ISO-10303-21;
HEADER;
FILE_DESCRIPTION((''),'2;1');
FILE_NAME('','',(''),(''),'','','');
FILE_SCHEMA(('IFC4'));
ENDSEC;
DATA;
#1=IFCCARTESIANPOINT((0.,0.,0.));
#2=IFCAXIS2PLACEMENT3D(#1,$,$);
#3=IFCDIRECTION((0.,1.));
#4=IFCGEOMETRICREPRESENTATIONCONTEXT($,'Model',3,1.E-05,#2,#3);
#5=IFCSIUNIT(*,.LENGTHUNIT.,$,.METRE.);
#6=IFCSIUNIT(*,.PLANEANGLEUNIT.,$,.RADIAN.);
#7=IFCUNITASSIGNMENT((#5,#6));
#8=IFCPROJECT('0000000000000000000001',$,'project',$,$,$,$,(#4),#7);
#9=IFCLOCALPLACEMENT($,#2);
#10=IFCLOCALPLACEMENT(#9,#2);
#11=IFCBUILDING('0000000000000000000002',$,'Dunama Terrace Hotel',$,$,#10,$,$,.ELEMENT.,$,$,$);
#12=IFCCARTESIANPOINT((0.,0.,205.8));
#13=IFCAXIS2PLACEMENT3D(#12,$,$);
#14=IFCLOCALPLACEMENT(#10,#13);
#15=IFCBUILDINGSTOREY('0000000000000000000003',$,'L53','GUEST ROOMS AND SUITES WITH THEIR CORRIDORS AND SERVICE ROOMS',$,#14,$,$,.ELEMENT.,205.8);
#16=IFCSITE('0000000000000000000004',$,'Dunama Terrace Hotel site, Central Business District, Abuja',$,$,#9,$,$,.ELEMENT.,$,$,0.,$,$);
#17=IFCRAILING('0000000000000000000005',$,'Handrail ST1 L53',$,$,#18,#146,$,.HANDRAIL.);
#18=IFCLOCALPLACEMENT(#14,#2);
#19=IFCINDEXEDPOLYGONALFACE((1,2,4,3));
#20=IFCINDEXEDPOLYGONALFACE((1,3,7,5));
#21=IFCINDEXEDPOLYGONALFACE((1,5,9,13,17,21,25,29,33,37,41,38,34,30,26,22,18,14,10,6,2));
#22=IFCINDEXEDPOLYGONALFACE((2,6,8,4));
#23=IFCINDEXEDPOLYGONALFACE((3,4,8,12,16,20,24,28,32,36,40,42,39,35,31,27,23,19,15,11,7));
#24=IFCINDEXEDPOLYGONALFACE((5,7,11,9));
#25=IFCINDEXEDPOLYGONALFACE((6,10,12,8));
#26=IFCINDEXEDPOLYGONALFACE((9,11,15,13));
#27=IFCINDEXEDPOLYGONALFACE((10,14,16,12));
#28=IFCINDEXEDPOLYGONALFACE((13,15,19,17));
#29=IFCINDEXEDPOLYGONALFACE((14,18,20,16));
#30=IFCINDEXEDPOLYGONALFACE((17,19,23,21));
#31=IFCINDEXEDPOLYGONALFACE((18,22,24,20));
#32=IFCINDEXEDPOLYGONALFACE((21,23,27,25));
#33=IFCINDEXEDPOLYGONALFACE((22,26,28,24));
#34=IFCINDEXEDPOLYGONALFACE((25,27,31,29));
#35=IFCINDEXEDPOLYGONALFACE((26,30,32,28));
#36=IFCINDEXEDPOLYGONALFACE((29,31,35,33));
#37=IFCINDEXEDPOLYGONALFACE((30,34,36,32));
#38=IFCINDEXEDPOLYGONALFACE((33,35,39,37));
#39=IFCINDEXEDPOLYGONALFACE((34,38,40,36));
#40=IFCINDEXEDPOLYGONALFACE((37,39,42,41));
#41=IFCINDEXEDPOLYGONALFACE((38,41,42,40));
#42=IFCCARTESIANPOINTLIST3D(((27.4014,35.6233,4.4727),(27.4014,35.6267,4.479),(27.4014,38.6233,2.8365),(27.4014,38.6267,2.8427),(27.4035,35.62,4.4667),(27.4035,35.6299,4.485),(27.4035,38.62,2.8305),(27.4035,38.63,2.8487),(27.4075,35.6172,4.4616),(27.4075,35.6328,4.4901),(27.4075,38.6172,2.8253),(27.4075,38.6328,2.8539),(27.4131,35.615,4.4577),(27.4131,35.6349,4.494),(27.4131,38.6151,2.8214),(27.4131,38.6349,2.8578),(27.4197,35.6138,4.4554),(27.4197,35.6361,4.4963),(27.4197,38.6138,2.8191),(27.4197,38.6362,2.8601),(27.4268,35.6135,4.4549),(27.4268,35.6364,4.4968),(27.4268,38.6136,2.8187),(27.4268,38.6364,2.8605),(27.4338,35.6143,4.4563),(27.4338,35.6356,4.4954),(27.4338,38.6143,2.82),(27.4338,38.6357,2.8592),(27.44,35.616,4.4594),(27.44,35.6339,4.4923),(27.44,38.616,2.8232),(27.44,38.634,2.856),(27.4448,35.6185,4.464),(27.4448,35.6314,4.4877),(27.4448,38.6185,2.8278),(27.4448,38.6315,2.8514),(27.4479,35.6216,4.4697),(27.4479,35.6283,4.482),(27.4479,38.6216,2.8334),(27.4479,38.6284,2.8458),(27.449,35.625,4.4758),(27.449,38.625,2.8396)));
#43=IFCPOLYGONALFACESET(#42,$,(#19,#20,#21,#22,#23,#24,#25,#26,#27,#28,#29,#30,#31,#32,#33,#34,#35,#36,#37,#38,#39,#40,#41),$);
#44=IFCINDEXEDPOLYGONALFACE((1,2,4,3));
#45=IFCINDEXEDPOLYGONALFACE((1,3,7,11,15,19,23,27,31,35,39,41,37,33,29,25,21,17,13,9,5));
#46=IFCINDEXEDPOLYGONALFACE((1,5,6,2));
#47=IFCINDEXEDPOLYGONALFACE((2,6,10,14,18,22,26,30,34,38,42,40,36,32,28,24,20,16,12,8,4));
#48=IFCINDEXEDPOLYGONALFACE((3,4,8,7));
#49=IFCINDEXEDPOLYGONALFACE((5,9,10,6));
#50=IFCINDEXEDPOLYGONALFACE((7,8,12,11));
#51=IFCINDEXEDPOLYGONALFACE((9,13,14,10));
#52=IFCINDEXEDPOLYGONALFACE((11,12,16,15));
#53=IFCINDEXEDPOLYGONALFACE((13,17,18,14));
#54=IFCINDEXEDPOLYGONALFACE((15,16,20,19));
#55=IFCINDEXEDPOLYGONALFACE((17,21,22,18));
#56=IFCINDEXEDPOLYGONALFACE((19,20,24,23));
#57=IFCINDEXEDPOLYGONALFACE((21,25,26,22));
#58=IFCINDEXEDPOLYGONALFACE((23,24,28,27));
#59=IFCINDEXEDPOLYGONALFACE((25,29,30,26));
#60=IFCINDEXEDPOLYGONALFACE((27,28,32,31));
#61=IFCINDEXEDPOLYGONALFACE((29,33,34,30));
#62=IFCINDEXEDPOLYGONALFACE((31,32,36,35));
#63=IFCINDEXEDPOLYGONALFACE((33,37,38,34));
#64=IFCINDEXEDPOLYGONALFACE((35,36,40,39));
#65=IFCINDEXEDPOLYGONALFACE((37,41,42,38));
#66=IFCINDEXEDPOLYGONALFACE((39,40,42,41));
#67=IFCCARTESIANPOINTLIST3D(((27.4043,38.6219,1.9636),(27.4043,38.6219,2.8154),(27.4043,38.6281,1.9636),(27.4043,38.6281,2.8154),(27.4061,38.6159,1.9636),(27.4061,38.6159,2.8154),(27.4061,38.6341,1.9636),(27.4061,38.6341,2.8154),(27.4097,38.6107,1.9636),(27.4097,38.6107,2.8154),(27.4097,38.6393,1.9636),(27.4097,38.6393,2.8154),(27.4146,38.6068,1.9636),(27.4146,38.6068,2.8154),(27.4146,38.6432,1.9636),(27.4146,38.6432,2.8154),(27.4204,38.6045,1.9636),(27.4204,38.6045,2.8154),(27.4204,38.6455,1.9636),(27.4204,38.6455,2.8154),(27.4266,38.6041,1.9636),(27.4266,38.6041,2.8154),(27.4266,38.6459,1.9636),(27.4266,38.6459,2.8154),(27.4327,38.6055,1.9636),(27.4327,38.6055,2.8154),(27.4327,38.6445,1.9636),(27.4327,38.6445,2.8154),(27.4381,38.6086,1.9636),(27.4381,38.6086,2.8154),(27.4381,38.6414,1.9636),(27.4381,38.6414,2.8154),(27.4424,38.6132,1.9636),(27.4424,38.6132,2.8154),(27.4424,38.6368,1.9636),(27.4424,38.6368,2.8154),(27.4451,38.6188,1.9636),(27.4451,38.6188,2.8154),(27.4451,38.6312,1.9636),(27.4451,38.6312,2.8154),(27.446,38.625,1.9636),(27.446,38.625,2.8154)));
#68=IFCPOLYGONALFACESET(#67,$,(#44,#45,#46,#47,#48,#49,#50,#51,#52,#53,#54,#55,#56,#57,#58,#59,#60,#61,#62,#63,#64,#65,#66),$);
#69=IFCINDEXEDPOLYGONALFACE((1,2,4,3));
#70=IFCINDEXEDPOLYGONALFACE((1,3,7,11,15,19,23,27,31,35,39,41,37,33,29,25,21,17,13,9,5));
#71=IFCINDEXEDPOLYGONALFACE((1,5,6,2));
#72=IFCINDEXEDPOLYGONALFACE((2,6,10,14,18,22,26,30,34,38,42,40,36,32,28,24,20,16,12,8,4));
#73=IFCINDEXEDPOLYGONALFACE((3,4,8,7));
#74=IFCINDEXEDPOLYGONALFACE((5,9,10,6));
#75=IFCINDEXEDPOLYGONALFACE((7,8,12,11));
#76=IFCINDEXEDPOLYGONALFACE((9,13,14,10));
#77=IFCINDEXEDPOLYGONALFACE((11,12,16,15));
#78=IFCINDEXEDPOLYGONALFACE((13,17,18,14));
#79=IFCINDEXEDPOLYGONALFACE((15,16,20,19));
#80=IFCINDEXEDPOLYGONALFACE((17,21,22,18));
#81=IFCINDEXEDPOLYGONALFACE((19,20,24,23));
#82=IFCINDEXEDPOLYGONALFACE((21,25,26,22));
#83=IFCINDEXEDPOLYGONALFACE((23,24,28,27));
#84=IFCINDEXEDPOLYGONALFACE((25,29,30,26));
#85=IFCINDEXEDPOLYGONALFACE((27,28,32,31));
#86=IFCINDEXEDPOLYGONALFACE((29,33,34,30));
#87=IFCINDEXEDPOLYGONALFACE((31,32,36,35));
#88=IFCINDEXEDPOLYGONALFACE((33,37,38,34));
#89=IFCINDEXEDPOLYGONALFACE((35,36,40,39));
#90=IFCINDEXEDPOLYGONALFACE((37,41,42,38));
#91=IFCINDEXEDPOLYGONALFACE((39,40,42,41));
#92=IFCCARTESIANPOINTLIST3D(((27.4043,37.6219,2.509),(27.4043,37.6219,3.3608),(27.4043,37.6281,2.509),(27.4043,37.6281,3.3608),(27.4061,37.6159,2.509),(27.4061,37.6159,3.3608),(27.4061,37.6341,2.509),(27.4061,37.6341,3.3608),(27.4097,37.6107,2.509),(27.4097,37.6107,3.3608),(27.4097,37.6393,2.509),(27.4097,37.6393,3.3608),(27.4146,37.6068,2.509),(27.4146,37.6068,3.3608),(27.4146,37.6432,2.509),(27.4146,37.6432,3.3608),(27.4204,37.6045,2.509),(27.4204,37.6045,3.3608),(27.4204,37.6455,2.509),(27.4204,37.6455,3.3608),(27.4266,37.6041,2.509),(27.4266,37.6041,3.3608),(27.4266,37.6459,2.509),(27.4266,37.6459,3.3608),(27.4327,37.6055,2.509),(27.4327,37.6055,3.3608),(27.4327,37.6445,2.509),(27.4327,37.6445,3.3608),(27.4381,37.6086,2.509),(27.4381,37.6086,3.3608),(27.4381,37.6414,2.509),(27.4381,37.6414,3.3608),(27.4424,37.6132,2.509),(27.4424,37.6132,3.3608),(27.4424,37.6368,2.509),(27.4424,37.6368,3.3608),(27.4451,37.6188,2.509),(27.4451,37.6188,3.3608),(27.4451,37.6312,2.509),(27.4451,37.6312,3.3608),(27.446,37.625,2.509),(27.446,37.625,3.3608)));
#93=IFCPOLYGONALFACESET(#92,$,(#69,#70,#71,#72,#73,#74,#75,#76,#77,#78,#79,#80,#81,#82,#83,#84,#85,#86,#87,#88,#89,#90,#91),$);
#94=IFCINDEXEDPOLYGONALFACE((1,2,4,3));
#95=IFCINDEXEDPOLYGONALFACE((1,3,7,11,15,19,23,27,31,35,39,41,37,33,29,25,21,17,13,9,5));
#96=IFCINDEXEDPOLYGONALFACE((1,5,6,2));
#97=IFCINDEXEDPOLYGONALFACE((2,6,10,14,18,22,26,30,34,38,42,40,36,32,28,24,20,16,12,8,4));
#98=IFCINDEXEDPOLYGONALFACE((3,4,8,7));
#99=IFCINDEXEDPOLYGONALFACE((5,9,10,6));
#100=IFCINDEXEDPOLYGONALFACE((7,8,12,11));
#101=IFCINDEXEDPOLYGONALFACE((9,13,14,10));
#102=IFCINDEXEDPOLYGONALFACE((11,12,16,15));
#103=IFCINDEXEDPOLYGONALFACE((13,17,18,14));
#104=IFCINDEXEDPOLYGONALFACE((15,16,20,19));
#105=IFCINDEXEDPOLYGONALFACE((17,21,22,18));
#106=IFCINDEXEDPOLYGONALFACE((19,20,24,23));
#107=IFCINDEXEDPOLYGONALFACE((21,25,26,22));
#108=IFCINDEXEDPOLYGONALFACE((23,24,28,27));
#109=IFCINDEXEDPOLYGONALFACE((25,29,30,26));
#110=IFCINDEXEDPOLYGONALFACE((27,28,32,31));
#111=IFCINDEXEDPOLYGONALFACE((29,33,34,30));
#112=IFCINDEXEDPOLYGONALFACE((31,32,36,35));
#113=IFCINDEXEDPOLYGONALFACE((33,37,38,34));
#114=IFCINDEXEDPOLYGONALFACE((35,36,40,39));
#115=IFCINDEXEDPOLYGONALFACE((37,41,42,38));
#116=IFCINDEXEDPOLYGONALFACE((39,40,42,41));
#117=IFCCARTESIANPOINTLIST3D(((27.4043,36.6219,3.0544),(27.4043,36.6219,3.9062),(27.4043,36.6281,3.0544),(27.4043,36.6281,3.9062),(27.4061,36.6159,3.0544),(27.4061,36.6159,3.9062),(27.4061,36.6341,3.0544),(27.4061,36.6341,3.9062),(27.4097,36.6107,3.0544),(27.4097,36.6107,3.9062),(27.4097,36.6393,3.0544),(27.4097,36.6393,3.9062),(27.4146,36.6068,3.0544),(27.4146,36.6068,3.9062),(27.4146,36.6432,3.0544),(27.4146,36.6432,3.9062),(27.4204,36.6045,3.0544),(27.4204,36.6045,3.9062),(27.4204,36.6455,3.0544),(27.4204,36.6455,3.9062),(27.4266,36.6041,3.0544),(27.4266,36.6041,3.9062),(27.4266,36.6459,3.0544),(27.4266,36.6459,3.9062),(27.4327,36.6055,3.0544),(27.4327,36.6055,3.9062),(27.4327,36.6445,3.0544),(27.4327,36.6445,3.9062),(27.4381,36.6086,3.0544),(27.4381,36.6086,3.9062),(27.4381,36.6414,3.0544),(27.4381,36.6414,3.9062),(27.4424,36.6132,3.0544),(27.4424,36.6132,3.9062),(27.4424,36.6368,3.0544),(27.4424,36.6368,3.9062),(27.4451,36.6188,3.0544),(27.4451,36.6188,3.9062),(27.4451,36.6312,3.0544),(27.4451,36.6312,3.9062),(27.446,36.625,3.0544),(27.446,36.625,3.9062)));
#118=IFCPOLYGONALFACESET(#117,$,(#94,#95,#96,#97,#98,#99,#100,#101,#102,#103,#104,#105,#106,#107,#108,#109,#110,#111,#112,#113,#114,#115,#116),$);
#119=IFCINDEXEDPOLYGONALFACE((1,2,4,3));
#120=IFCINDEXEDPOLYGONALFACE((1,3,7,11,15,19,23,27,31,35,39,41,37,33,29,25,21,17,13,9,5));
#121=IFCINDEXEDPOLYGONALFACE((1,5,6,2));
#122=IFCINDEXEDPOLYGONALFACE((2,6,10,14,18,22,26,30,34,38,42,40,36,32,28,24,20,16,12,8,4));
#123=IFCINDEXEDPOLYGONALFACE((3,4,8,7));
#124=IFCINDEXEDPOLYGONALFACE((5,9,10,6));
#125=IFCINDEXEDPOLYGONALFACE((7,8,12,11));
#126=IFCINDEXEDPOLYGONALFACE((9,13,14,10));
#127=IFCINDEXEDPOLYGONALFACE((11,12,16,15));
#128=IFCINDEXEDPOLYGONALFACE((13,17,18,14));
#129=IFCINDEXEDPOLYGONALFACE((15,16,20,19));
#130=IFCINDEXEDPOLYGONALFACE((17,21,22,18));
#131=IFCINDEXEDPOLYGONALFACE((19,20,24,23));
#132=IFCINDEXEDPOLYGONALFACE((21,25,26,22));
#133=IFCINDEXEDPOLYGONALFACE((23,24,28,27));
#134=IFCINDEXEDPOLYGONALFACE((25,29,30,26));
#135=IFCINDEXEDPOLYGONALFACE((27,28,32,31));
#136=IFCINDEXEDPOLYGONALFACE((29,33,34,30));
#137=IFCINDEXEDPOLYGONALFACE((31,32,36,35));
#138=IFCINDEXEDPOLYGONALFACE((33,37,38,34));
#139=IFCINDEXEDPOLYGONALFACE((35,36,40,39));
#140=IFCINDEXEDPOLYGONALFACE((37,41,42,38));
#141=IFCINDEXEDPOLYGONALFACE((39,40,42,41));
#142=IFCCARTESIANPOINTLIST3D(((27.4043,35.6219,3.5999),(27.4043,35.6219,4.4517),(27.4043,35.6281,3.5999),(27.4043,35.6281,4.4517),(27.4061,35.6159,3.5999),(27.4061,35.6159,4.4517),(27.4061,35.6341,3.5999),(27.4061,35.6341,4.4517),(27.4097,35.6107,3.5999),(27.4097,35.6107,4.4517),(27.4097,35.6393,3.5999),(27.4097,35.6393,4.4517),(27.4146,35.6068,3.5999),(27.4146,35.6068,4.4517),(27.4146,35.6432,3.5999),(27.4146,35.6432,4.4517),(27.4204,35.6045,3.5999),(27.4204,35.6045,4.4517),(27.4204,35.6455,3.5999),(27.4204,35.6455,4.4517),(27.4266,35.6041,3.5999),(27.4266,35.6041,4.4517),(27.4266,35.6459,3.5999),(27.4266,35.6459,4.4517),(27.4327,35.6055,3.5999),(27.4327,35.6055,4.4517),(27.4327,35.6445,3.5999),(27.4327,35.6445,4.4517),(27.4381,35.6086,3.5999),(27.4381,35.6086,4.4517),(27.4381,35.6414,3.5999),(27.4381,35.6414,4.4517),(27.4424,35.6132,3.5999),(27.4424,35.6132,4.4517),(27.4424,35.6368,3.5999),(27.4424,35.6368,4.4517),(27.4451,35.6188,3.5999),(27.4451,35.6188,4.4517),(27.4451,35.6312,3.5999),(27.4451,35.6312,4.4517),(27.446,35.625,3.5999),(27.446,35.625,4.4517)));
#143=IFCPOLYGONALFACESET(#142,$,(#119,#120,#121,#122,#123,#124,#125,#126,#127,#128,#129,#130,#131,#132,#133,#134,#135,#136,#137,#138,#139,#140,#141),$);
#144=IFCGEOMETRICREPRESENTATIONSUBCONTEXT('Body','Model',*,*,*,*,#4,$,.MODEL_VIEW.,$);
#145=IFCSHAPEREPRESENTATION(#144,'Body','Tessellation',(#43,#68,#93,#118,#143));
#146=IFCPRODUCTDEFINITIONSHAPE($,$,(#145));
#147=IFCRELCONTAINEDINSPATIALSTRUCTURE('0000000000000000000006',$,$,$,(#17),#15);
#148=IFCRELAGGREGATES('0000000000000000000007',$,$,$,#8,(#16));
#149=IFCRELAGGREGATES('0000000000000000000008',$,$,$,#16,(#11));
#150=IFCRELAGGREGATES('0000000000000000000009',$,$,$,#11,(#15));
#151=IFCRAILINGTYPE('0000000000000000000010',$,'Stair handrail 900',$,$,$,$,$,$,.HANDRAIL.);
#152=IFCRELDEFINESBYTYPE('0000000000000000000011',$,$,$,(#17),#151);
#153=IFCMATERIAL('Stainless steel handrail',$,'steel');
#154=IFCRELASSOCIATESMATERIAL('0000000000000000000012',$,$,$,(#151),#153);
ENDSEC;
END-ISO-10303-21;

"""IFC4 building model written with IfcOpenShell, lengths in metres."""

from ifc_helpers import new_model, si_unit, direction, frame, origin, origin_2d, place, context, subcontext, project, spatial, circle, extrude, material, type_object, element, save


model = new_model("IFC4")

# Units and contexts
model_context = context("Model", 3, precision=1e-05, world=origin(), true_north=direction((0.0, 1.0)))
body_context = subcontext(model_context, "Body", "Model", "MODEL_VIEW")
ifc_project = project(units=[si_unit("LENGTHUNIT", "METRE"), si_unit("PLANEANGLEUNIT", "RADIAN")], contexts=[model_context])

# Site, building, storey
site_placement = place(None, origin())
site = spatial("IfcSite", under=ifc_project, at=site_placement, Name="Dunama Terrace Hotel site, Central Business District, Abuja", CompositionType="ELEMENT", RefElevation=0.0)
building_placement = place(site_placement, origin())
building = spatial("IfcBuilding", under=site, at=building_placement, Name="Dunama Terrace Hotel", CompositionType="ELEMENT")
storey_placement = place(building_placement, frame((0.0, 0.0, 205.8)))
storey = spatial("IfcBuildingStorey", under=building, at=storey_placement, Name="L53", Description="GUEST ROOMS AND SUITES WITH THEIR CORRIDORS AND SERVICE ROOMS", CompositionType="ELEMENT", Elevation=205.8)

# Railing
ifc_material_1 = material(Name="Stainless steel handrail", Category="steel")
railing_type = type_object("IfcRailingType", Name="Stair handrail 900", PredefinedType="HANDRAIL", material=ifc_material_1)
railing_1_placement = place(storey_placement, frame((27.425, 38.625, 1.9636)))
element("IfcRailing", 1, at=railing_1_placement, inside=storey, type_object=railing_type, Name="Handrail ST1 L53", PredefinedType="HANDRAIL", context=body_context, shape_type="SweptSolid", body=[
    extrude(circle(Radius=0.0239, at=origin_2d()), frame((0.0, 0.0, 0.876), z_axis=(0.0, -0.877912, 0.478822), x_axis=(1.0, 0.0, 0.0)), (0.0, 0.0, 1.0), 3.4172),
    extrude(circle(Radius=0.021, at=origin_2d()), origin(), (0.0, 0.0, 1.0), 0.8518),
    extrude(circle(Radius=0.021, at=origin_2d()), frame((0.0, -1.0, 0.5454)), (0.0, 0.0, 1.0), 0.8518),
    extrude(circle(Radius=0.021, at=origin_2d()), frame((0.0, -2.0, 1.0908)), (0.0, 0.0, 1.0), 0.8518),
    extrude(circle(Radius=0.021, at=origin_2d()), frame((0.0, -3.0, 1.6362)), (0.0, 0.0, 1.0), 0.8518),
])

save(model, "model.ifc")
